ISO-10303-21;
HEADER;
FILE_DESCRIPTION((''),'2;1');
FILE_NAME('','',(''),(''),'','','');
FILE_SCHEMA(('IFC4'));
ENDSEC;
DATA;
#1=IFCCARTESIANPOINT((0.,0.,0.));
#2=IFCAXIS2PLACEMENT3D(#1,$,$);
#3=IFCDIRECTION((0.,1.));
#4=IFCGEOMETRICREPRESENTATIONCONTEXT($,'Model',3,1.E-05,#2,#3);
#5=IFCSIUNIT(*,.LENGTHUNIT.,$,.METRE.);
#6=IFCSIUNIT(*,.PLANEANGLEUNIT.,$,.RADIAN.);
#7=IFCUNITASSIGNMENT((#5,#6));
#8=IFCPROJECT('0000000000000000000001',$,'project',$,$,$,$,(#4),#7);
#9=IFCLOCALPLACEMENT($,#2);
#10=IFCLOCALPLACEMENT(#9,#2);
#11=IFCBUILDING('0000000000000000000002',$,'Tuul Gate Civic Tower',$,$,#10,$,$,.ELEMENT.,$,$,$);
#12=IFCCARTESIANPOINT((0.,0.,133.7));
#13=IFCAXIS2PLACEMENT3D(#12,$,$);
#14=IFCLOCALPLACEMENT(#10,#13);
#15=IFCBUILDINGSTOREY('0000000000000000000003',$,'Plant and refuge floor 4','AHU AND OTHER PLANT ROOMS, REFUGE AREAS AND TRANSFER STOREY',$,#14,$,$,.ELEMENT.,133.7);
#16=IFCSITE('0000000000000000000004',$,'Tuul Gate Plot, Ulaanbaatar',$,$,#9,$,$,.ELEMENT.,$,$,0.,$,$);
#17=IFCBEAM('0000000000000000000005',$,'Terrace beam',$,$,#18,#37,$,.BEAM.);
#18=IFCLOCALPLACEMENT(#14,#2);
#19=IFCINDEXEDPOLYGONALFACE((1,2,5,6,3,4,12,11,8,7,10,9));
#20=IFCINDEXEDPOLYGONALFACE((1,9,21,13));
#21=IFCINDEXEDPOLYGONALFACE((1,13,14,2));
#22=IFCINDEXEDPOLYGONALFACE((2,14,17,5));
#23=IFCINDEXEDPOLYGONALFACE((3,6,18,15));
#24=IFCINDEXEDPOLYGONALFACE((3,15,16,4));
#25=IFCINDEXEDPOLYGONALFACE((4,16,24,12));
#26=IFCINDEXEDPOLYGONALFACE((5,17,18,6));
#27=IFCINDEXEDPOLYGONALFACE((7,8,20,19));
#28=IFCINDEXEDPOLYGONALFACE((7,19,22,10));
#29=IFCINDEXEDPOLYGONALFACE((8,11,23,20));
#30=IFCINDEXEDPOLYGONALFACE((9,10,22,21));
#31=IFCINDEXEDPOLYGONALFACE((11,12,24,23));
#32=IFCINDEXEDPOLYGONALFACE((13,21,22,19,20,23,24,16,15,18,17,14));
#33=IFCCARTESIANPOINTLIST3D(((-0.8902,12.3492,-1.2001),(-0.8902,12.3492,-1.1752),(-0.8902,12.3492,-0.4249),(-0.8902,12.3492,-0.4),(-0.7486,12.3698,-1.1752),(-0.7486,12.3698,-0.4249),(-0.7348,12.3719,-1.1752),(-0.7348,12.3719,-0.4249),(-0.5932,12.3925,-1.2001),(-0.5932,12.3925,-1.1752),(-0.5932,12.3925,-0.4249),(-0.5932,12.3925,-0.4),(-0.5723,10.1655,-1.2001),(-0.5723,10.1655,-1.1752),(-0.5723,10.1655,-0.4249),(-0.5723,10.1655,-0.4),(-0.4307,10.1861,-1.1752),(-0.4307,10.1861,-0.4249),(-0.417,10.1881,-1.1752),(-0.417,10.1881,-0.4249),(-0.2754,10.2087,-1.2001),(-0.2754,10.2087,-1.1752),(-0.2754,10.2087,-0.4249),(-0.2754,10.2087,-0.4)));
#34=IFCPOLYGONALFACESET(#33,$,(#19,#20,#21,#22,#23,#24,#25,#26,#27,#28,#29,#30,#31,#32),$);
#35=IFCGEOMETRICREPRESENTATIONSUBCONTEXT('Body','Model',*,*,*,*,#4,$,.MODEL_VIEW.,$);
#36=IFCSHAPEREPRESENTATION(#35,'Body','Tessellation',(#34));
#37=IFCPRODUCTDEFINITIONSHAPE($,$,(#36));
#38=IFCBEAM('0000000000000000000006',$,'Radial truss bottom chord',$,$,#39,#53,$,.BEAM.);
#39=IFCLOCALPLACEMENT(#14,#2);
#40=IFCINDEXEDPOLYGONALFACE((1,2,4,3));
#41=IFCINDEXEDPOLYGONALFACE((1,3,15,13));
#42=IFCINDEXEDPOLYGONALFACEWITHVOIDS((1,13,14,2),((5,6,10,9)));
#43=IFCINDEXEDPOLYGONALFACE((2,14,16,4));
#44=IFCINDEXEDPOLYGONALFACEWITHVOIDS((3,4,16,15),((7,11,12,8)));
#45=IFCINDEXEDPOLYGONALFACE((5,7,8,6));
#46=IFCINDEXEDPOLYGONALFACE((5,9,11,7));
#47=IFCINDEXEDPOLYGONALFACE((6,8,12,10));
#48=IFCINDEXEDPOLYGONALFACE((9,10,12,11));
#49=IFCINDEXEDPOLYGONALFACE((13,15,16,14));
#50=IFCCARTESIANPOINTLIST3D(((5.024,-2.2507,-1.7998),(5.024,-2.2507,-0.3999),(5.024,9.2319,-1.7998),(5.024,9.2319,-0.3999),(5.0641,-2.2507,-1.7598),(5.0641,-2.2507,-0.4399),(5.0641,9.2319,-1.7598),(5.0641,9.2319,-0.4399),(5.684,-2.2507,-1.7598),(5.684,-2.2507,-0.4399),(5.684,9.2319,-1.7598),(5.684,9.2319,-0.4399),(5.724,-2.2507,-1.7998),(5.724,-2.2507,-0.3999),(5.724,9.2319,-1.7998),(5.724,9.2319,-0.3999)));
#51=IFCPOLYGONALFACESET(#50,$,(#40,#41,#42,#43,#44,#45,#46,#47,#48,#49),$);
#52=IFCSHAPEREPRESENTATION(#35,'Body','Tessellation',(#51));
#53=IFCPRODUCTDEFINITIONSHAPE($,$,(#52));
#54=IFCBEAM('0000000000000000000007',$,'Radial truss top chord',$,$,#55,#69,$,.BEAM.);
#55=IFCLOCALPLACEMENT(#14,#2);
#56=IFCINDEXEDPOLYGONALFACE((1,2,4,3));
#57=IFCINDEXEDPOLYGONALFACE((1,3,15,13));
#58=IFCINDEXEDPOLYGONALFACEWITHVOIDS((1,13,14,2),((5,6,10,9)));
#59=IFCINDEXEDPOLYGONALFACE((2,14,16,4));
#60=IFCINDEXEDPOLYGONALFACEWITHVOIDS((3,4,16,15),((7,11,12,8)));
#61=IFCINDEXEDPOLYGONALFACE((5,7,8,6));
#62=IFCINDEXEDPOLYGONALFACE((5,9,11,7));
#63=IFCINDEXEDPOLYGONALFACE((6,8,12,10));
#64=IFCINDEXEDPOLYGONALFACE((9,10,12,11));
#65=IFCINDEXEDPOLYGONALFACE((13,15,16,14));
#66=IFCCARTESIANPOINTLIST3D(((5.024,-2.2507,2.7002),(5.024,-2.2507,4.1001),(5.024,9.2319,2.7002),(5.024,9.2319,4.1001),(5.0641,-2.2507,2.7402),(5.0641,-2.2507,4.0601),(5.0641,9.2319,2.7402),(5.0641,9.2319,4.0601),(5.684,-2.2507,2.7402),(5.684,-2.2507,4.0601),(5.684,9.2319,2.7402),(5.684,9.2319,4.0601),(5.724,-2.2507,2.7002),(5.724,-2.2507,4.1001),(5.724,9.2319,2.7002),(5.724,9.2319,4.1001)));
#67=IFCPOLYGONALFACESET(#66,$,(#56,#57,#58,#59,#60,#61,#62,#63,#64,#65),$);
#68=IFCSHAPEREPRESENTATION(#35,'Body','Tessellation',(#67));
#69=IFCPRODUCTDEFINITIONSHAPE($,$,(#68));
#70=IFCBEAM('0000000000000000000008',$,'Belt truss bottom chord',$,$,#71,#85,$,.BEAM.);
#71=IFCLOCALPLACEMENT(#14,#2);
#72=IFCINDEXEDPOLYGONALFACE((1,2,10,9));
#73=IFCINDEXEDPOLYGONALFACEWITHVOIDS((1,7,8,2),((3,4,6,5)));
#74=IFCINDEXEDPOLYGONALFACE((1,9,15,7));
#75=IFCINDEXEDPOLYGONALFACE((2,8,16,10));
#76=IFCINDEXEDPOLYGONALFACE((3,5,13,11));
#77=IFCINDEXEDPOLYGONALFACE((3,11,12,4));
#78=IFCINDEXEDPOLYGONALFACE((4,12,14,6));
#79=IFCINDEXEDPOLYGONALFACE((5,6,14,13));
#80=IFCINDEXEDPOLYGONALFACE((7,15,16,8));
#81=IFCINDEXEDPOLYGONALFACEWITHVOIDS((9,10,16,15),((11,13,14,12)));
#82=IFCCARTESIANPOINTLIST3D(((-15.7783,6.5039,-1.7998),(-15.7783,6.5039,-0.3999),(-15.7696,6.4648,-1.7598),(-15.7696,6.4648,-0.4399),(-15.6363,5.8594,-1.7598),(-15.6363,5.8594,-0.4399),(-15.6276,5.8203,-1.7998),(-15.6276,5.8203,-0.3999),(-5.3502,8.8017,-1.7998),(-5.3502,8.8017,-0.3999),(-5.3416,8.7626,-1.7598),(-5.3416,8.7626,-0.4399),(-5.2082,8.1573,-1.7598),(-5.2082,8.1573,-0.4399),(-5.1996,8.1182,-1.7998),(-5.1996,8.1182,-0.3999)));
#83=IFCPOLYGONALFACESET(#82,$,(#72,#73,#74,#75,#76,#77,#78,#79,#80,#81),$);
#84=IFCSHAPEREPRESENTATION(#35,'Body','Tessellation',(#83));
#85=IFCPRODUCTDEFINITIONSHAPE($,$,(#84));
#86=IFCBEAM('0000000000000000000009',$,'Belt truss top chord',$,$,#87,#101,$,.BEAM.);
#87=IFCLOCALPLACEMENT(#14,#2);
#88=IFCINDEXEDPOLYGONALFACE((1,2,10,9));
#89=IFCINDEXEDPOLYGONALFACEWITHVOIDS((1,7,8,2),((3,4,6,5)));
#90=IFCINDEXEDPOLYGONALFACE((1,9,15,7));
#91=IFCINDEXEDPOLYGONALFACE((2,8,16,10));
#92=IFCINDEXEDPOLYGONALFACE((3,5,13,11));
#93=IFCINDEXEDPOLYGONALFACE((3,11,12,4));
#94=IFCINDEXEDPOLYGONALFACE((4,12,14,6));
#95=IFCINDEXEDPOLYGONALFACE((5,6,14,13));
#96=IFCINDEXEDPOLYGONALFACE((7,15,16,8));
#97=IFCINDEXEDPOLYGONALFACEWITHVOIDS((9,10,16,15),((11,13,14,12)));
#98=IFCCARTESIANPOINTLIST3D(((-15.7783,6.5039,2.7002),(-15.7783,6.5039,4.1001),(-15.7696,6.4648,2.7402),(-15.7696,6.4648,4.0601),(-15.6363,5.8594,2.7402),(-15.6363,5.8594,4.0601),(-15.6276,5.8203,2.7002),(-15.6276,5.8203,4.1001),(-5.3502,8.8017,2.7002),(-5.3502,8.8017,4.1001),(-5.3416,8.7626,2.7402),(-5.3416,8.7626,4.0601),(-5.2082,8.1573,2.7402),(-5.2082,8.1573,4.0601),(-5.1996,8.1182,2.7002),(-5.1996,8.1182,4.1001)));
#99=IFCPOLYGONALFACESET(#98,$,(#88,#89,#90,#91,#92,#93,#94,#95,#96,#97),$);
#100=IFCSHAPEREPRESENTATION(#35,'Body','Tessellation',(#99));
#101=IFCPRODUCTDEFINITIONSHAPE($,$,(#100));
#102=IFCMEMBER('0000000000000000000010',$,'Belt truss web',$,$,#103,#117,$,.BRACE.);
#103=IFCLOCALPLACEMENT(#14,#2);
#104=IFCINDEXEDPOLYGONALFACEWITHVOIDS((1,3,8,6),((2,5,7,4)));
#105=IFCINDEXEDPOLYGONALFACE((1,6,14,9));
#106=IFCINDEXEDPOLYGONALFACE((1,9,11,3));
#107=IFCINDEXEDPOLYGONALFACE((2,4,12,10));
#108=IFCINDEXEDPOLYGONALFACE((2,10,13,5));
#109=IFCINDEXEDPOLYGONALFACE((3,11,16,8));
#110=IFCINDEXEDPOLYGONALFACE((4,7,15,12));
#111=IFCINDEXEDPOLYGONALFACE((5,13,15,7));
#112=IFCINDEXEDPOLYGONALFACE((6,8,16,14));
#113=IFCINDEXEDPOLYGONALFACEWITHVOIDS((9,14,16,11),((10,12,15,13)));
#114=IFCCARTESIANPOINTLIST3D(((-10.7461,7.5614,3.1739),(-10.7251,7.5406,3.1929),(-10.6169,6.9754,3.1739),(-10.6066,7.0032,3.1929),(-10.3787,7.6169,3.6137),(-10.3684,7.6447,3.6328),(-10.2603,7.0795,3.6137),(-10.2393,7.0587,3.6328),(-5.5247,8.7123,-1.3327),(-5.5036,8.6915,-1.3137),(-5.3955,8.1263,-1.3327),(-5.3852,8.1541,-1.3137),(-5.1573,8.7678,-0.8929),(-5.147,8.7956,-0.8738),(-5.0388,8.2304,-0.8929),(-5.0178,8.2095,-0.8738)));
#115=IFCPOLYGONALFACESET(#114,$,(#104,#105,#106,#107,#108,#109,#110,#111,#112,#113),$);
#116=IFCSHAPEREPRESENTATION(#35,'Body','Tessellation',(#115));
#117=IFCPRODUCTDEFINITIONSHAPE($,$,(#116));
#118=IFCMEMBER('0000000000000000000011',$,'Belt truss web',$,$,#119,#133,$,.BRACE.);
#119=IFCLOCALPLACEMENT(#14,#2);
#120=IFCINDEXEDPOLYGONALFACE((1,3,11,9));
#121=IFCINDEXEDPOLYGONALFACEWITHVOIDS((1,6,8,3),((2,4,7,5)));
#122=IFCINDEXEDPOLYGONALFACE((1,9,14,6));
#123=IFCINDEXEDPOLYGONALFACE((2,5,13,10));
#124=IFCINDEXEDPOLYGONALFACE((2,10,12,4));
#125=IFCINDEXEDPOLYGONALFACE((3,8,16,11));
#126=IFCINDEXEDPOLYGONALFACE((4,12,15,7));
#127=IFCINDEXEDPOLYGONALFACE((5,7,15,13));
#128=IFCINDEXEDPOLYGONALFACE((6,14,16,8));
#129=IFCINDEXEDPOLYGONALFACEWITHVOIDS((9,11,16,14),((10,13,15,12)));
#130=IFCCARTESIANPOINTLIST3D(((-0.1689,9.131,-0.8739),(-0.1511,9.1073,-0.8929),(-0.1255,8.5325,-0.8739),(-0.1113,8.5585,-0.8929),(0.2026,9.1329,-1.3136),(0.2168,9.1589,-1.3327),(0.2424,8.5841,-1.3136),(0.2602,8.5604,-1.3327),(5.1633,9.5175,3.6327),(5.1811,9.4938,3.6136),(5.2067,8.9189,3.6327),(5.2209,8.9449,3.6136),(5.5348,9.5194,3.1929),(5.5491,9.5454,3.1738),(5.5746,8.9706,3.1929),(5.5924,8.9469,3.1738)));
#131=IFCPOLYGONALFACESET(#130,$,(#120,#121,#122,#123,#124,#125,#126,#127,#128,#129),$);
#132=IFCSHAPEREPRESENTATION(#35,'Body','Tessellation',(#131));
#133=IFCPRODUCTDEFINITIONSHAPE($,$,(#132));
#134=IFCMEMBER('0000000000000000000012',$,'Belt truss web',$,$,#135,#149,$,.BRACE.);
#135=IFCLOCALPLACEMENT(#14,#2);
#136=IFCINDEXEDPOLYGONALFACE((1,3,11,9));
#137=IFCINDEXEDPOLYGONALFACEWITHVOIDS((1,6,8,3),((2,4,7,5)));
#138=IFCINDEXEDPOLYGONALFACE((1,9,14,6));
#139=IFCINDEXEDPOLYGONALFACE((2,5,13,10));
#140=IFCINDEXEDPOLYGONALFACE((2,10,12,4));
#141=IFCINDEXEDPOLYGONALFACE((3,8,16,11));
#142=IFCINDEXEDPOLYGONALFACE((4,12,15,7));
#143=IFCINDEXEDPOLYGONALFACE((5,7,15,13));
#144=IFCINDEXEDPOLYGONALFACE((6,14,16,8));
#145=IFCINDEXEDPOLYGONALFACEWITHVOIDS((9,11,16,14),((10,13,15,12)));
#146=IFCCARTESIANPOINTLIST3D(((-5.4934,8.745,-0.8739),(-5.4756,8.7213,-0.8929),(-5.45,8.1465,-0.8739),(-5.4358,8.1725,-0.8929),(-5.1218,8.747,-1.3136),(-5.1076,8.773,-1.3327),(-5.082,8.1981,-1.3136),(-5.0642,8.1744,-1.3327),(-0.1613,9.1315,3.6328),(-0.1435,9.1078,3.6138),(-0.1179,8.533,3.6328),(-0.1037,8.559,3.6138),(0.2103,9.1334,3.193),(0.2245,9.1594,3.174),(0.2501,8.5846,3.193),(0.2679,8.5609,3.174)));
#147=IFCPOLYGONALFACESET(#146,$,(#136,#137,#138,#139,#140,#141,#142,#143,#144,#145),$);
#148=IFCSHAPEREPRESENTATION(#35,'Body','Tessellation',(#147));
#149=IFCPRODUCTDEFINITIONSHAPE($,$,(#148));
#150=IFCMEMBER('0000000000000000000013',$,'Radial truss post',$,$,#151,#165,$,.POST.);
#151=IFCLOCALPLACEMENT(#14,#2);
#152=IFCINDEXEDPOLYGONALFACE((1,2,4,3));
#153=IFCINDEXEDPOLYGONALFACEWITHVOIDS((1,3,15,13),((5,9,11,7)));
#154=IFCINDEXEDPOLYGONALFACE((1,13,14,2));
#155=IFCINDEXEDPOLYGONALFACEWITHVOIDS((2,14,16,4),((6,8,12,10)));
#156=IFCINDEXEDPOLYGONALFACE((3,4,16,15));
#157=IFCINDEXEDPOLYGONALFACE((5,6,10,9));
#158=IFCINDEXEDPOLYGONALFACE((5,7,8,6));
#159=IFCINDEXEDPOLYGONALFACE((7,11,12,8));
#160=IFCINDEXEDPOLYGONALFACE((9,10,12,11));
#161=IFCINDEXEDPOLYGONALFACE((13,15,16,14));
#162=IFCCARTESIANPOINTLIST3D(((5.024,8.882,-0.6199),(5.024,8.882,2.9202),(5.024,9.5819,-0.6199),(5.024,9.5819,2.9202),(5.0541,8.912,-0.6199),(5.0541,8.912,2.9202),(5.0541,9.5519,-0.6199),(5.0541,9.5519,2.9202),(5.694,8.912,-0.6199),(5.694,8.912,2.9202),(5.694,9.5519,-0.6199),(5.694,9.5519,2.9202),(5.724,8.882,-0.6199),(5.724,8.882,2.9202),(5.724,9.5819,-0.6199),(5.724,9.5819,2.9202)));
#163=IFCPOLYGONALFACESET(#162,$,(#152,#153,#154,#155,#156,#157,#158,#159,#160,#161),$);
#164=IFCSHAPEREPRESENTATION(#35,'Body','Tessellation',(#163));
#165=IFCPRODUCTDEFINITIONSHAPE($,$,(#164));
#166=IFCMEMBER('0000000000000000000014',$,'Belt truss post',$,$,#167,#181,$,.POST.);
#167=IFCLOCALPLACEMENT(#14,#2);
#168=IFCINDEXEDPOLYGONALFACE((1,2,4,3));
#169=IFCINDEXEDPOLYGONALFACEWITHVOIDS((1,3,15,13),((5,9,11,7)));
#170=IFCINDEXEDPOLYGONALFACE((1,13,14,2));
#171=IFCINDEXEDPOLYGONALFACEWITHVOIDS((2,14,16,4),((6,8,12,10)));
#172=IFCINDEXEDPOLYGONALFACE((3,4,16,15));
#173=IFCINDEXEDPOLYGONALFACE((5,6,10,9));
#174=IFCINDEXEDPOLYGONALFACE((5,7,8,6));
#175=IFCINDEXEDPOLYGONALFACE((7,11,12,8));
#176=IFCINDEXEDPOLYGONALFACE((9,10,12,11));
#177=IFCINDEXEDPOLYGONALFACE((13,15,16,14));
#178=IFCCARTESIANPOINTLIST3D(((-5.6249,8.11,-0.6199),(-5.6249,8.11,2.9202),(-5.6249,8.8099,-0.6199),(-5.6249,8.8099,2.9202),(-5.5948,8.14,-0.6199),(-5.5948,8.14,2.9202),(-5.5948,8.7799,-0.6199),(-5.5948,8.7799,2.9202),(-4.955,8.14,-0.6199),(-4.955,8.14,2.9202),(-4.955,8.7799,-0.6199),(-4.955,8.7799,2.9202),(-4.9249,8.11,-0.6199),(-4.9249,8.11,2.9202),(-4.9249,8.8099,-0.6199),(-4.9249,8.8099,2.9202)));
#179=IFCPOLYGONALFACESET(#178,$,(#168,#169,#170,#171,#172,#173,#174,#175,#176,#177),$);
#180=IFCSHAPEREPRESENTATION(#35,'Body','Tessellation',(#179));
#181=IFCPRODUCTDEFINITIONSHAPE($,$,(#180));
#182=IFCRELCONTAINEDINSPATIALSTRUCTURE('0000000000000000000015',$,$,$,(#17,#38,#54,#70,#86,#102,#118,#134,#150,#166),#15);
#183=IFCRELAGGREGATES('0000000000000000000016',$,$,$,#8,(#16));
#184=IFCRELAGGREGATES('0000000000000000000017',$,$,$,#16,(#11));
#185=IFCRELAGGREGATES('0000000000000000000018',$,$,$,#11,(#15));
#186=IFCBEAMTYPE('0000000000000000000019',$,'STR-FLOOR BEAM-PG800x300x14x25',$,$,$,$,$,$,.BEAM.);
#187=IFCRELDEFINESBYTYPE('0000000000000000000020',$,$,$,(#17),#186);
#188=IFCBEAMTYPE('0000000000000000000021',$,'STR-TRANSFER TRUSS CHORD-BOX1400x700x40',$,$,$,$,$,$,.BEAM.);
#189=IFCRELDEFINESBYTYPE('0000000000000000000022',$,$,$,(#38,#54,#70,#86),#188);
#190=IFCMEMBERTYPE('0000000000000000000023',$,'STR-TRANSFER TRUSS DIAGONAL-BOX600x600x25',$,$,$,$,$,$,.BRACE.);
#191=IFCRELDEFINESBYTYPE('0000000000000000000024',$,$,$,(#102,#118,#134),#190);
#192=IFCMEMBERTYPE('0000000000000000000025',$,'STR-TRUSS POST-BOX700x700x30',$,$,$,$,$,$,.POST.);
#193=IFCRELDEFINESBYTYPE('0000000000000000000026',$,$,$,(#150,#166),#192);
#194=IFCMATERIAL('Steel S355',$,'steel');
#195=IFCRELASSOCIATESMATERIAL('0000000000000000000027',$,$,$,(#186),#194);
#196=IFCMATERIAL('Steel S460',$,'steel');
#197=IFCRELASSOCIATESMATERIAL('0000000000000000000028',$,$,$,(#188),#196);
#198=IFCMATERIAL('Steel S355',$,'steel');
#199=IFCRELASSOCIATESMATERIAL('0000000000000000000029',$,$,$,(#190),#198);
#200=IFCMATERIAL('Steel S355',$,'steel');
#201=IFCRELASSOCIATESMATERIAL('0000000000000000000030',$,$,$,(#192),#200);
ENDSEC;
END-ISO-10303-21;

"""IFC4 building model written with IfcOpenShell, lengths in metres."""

from ifc_helpers import new_model, si_unit, direction, frame, origin, origin_2d, place, context, subcontext, project, spatial, hollow_rectangle, i_section, extrude, material, material_profile, profile_set, type_object, element, save


model = new_model("IFC4")

# Units and contexts
model_context = context("Model", 3, precision=1e-05, world=origin(), true_north=direction((0.0, 1.0)))
body_context = subcontext(model_context, "Body", "Model", "MODEL_VIEW")
ifc_project = project(units=[si_unit("LENGTHUNIT", "METRE"), si_unit("PLANEANGLEUNIT", "RADIAN")], contexts=[model_context])

# Site, building, storey
site_placement = place(None, origin())
site = spatial("IfcSite", under=ifc_project, at=site_placement, Name="Tuul Gate Plot, Ulaanbaatar", CompositionType="ELEMENT", RefElevation=0.0)
building_placement = place(site_placement, origin())
building = spatial("IfcBuilding", under=site, at=building_placement, Name="Tuul Gate Civic Tower", CompositionType="ELEMENT")
storey_placement = place(building_placement, frame((0.0, 0.0, 133.7)))
storey = spatial("IfcBuildingStorey", under=building, at=storey_placement, Name="Plant and refuge floor 4", Description="AHU AND OTHER PLANT ROOMS, REFUGE AREAS AND TRANSFER STOREY", CompositionType="ELEMENT", Elevation=133.7)

# Beams
ifc_material_1 = material(Name="Steel S355", Category="steel")
ifc_material_profile_1 = material_profile(ifc_material_1, i_section(OverallWidth=0.3, OverallDepth=0.8, WebThickness=0.0139, FlangeThickness=0.0249, at=origin_2d()), Name="PG800x300x14x25")
ifc_profile_set_1 = profile_set([ifc_material_profile_1], Name="Steel S355")
beam_type_1 = type_object("IfcBeamType", Name="STR-FLOOR BEAM-PG800x300x14x25", PredefinedType="BEAM", material=ifc_profile_set_1)
beam_placement = place(storey_placement, frame((-0.7417, 12.3708, -0.8), z_axis=(0.144038, -0.989572, 0.0), x_axis=(0.989572, 0.144038, 0.0)))
element("IfcBeam", 1, at=beam_placement, inside=storey, type_object=beam_type_1, Name="Terrace beam", PredefinedType="BEAM", context=body_context, shape_type="SweptSolid", body=[
    extrude(i_section(OverallWidth=0.3, OverallDepth=0.8, WebThickness=0.0139, FlangeThickness=0.0249, at=origin_2d()), origin(), (0.0, 0.0, 1.0), 2.2068),
])
ifc_material_2 = material(Name="Steel S460", Category="steel")
ifc_material_profile_2 = material_profile(ifc_material_2, hollow_rectangle(XDim=0.7, YDim=1.3999, WallThickness=0.04, at=origin_2d()), Name="BOX1400x700x40")
ifc_profile_set_2 = profile_set([ifc_material_profile_2], Name="Steel S460")
beam_type_2 = type_object("IfcBeamType", Name="STR-TRANSFER TRUSS CHORD-BOX1400x700x40", PredefinedType="BEAM", material=ifc_profile_set_2)
for number, where, z_axis, x_axis, name in (
    (2, (5.374, 9.2319, -1.0999), (0.0, -1.0, 0.0), (1.0, 0.0, 0.0), "Radial truss bottom chord"),
    (3, (5.374, 9.2319, 3.4001), (0.0, -1.0, 0.0), (1.0, 0.0, 0.0), "Radial truss top chord"),
):
    element("IfcBeam", number, at=place(storey_placement, frame(where, z_axis=z_axis, x_axis=x_axis)), inside=storey, type_object=beam_type_2, Name=name, PredefinedType="BEAM", context=body_context, shape_type="SweptSolid", body=[
        extrude(hollow_rectangle(XDim=0.7, YDim=1.3999, WallThickness=0.04, at=origin_2d()), origin(), (0.0, 0.0, 1.0), 11.4827),
    ])
for number, where, z_axis, x_axis, name in (
    (4, (-5.2749, 8.46, -1.0999), (-0.976572, -0.215192, 0.0), (0.215192, -0.976572, 0.0), "Belt truss bottom chord"),
    (5, (-5.2749, 8.46, 3.4001), (-0.976572, -0.215192, 0.0), (0.215192, -0.976572, 0.0), "Belt truss top chord"),
):
    element("IfcBeam", number, at=place(storey_placement, frame(where, z_axis=z_axis, x_axis=x_axis)), inside=storey, type_object=beam_type_2, Name=name, PredefinedType="BEAM", context=body_context, shape_type="SweptSolid", body=[
        extrude(hollow_rectangle(XDim=0.7, YDim=1.3999, WallThickness=0.04, at=origin_2d()), origin(), (0.0, 0.0, 1.0), 10.6782),
    ])

# Members
ifc_material_3 = material(Name="Steel S355", Category="steel")
ifc_material_profile_3 = material_profile(ifc_material_3, hollow_rectangle(XDim=0.6001, YDim=0.6001, WallThickness=0.0249, at=origin_2d()), Name="BOX600x600x25")
ifc_profile_set_3 = profile_set([ifc_material_profile_3], Name="Steel S355")
member_type_1 = type_object("IfcMemberType", Name="STR-TRANSFER TRUSS DIAGONAL-BOX600x600x25", PredefinedType="BRACE", material=ifc_profile_set_3)
member_placement = place(storey_placement, frame((-5.2712, 8.4609, -1.1033), z_axis=(-0.746702, -0.164584, 0.644475), x_axis=(0.215248, -0.976559, 0.0)))
element("IfcMember", 6, at=member_placement, inside=storey, type_object=member_type_1, Name="Belt truss web", PredefinedType="BRACE", context=body_context, shape_type="SweptSolid", body=[
    extrude(hollow_rectangle(XDim=0.6001, YDim=0.6001, WallThickness=0.0249, at=origin_2d()), origin(), (0.0, 0.0, 1.0), 6.9927),
])
for number, where, z_axis, x_axis, name in (
    (7, (0.0457, 8.8457, -1.1033), (0.762595, 0.055272, 0.64451), (-0.072289, 0.997384, 0.0), "Belt truss web"),
    (8, (-5.2788, 8.4597, -1.1033), (0.762581, 0.055273, 0.644527), (-0.072292, 0.997384, 0.0), "Belt truss web"),
):
    element("IfcMember", number, at=place(storey_placement, frame(where, z_axis=z_axis, x_axis=x_axis)), inside=storey, type_object=member_type_1, Name=name, PredefinedType="BRACE", context=body_context, shape_type="SweptSolid", body=[
        extrude(hollow_rectangle(XDim=0.6001, YDim=0.6001, WallThickness=0.0249, at=origin_2d()), origin(), (0.0, 0.0, 1.0), 6.9922),
    ])
ifc_material_4 = material(Name="Steel S355", Category="steel")
ifc_material_profile_4 = material_profile(ifc_material_4, hollow_rectangle(XDim=0.7, YDim=0.7, WallThickness=0.03, at=origin_2d()), Name="BOX700x700x30")
ifc_profile_set_4 = profile_set([ifc_material_profile_4], Name="Steel S355")
member_type_2 = type_object("IfcMemberType", Name="STR-TRUSS POST-BOX700x700x30", PredefinedType="POST", material=ifc_profile_set_4)
for number, where, z_axis, x_axis, name in (
    (9, (5.374, 9.2319, -0.6199), (0.0, 0.0, 1.0), (1.0, 0.0, 0.0), "Radial truss post"),
    (10, (-5.2749, 8.46, -0.6199), (0.0, 0.0, 1.0), (1.0, 0.0, 0.0), "Belt truss post"),
):
    element("IfcMember", number, at=place(storey_placement, frame(where, z_axis=z_axis, x_axis=x_axis)), inside=storey, type_object=member_type_2, Name=name, PredefinedType="POST", context=body_context, shape_type="SweptSolid", body=[
        extrude(hollow_rectangle(XDim=0.7, YDim=0.7, WallThickness=0.03, at=origin_2d()), origin(), (0.0, 0.0, 1.0), 3.54),
    ])

save(model, "model.ifc")
